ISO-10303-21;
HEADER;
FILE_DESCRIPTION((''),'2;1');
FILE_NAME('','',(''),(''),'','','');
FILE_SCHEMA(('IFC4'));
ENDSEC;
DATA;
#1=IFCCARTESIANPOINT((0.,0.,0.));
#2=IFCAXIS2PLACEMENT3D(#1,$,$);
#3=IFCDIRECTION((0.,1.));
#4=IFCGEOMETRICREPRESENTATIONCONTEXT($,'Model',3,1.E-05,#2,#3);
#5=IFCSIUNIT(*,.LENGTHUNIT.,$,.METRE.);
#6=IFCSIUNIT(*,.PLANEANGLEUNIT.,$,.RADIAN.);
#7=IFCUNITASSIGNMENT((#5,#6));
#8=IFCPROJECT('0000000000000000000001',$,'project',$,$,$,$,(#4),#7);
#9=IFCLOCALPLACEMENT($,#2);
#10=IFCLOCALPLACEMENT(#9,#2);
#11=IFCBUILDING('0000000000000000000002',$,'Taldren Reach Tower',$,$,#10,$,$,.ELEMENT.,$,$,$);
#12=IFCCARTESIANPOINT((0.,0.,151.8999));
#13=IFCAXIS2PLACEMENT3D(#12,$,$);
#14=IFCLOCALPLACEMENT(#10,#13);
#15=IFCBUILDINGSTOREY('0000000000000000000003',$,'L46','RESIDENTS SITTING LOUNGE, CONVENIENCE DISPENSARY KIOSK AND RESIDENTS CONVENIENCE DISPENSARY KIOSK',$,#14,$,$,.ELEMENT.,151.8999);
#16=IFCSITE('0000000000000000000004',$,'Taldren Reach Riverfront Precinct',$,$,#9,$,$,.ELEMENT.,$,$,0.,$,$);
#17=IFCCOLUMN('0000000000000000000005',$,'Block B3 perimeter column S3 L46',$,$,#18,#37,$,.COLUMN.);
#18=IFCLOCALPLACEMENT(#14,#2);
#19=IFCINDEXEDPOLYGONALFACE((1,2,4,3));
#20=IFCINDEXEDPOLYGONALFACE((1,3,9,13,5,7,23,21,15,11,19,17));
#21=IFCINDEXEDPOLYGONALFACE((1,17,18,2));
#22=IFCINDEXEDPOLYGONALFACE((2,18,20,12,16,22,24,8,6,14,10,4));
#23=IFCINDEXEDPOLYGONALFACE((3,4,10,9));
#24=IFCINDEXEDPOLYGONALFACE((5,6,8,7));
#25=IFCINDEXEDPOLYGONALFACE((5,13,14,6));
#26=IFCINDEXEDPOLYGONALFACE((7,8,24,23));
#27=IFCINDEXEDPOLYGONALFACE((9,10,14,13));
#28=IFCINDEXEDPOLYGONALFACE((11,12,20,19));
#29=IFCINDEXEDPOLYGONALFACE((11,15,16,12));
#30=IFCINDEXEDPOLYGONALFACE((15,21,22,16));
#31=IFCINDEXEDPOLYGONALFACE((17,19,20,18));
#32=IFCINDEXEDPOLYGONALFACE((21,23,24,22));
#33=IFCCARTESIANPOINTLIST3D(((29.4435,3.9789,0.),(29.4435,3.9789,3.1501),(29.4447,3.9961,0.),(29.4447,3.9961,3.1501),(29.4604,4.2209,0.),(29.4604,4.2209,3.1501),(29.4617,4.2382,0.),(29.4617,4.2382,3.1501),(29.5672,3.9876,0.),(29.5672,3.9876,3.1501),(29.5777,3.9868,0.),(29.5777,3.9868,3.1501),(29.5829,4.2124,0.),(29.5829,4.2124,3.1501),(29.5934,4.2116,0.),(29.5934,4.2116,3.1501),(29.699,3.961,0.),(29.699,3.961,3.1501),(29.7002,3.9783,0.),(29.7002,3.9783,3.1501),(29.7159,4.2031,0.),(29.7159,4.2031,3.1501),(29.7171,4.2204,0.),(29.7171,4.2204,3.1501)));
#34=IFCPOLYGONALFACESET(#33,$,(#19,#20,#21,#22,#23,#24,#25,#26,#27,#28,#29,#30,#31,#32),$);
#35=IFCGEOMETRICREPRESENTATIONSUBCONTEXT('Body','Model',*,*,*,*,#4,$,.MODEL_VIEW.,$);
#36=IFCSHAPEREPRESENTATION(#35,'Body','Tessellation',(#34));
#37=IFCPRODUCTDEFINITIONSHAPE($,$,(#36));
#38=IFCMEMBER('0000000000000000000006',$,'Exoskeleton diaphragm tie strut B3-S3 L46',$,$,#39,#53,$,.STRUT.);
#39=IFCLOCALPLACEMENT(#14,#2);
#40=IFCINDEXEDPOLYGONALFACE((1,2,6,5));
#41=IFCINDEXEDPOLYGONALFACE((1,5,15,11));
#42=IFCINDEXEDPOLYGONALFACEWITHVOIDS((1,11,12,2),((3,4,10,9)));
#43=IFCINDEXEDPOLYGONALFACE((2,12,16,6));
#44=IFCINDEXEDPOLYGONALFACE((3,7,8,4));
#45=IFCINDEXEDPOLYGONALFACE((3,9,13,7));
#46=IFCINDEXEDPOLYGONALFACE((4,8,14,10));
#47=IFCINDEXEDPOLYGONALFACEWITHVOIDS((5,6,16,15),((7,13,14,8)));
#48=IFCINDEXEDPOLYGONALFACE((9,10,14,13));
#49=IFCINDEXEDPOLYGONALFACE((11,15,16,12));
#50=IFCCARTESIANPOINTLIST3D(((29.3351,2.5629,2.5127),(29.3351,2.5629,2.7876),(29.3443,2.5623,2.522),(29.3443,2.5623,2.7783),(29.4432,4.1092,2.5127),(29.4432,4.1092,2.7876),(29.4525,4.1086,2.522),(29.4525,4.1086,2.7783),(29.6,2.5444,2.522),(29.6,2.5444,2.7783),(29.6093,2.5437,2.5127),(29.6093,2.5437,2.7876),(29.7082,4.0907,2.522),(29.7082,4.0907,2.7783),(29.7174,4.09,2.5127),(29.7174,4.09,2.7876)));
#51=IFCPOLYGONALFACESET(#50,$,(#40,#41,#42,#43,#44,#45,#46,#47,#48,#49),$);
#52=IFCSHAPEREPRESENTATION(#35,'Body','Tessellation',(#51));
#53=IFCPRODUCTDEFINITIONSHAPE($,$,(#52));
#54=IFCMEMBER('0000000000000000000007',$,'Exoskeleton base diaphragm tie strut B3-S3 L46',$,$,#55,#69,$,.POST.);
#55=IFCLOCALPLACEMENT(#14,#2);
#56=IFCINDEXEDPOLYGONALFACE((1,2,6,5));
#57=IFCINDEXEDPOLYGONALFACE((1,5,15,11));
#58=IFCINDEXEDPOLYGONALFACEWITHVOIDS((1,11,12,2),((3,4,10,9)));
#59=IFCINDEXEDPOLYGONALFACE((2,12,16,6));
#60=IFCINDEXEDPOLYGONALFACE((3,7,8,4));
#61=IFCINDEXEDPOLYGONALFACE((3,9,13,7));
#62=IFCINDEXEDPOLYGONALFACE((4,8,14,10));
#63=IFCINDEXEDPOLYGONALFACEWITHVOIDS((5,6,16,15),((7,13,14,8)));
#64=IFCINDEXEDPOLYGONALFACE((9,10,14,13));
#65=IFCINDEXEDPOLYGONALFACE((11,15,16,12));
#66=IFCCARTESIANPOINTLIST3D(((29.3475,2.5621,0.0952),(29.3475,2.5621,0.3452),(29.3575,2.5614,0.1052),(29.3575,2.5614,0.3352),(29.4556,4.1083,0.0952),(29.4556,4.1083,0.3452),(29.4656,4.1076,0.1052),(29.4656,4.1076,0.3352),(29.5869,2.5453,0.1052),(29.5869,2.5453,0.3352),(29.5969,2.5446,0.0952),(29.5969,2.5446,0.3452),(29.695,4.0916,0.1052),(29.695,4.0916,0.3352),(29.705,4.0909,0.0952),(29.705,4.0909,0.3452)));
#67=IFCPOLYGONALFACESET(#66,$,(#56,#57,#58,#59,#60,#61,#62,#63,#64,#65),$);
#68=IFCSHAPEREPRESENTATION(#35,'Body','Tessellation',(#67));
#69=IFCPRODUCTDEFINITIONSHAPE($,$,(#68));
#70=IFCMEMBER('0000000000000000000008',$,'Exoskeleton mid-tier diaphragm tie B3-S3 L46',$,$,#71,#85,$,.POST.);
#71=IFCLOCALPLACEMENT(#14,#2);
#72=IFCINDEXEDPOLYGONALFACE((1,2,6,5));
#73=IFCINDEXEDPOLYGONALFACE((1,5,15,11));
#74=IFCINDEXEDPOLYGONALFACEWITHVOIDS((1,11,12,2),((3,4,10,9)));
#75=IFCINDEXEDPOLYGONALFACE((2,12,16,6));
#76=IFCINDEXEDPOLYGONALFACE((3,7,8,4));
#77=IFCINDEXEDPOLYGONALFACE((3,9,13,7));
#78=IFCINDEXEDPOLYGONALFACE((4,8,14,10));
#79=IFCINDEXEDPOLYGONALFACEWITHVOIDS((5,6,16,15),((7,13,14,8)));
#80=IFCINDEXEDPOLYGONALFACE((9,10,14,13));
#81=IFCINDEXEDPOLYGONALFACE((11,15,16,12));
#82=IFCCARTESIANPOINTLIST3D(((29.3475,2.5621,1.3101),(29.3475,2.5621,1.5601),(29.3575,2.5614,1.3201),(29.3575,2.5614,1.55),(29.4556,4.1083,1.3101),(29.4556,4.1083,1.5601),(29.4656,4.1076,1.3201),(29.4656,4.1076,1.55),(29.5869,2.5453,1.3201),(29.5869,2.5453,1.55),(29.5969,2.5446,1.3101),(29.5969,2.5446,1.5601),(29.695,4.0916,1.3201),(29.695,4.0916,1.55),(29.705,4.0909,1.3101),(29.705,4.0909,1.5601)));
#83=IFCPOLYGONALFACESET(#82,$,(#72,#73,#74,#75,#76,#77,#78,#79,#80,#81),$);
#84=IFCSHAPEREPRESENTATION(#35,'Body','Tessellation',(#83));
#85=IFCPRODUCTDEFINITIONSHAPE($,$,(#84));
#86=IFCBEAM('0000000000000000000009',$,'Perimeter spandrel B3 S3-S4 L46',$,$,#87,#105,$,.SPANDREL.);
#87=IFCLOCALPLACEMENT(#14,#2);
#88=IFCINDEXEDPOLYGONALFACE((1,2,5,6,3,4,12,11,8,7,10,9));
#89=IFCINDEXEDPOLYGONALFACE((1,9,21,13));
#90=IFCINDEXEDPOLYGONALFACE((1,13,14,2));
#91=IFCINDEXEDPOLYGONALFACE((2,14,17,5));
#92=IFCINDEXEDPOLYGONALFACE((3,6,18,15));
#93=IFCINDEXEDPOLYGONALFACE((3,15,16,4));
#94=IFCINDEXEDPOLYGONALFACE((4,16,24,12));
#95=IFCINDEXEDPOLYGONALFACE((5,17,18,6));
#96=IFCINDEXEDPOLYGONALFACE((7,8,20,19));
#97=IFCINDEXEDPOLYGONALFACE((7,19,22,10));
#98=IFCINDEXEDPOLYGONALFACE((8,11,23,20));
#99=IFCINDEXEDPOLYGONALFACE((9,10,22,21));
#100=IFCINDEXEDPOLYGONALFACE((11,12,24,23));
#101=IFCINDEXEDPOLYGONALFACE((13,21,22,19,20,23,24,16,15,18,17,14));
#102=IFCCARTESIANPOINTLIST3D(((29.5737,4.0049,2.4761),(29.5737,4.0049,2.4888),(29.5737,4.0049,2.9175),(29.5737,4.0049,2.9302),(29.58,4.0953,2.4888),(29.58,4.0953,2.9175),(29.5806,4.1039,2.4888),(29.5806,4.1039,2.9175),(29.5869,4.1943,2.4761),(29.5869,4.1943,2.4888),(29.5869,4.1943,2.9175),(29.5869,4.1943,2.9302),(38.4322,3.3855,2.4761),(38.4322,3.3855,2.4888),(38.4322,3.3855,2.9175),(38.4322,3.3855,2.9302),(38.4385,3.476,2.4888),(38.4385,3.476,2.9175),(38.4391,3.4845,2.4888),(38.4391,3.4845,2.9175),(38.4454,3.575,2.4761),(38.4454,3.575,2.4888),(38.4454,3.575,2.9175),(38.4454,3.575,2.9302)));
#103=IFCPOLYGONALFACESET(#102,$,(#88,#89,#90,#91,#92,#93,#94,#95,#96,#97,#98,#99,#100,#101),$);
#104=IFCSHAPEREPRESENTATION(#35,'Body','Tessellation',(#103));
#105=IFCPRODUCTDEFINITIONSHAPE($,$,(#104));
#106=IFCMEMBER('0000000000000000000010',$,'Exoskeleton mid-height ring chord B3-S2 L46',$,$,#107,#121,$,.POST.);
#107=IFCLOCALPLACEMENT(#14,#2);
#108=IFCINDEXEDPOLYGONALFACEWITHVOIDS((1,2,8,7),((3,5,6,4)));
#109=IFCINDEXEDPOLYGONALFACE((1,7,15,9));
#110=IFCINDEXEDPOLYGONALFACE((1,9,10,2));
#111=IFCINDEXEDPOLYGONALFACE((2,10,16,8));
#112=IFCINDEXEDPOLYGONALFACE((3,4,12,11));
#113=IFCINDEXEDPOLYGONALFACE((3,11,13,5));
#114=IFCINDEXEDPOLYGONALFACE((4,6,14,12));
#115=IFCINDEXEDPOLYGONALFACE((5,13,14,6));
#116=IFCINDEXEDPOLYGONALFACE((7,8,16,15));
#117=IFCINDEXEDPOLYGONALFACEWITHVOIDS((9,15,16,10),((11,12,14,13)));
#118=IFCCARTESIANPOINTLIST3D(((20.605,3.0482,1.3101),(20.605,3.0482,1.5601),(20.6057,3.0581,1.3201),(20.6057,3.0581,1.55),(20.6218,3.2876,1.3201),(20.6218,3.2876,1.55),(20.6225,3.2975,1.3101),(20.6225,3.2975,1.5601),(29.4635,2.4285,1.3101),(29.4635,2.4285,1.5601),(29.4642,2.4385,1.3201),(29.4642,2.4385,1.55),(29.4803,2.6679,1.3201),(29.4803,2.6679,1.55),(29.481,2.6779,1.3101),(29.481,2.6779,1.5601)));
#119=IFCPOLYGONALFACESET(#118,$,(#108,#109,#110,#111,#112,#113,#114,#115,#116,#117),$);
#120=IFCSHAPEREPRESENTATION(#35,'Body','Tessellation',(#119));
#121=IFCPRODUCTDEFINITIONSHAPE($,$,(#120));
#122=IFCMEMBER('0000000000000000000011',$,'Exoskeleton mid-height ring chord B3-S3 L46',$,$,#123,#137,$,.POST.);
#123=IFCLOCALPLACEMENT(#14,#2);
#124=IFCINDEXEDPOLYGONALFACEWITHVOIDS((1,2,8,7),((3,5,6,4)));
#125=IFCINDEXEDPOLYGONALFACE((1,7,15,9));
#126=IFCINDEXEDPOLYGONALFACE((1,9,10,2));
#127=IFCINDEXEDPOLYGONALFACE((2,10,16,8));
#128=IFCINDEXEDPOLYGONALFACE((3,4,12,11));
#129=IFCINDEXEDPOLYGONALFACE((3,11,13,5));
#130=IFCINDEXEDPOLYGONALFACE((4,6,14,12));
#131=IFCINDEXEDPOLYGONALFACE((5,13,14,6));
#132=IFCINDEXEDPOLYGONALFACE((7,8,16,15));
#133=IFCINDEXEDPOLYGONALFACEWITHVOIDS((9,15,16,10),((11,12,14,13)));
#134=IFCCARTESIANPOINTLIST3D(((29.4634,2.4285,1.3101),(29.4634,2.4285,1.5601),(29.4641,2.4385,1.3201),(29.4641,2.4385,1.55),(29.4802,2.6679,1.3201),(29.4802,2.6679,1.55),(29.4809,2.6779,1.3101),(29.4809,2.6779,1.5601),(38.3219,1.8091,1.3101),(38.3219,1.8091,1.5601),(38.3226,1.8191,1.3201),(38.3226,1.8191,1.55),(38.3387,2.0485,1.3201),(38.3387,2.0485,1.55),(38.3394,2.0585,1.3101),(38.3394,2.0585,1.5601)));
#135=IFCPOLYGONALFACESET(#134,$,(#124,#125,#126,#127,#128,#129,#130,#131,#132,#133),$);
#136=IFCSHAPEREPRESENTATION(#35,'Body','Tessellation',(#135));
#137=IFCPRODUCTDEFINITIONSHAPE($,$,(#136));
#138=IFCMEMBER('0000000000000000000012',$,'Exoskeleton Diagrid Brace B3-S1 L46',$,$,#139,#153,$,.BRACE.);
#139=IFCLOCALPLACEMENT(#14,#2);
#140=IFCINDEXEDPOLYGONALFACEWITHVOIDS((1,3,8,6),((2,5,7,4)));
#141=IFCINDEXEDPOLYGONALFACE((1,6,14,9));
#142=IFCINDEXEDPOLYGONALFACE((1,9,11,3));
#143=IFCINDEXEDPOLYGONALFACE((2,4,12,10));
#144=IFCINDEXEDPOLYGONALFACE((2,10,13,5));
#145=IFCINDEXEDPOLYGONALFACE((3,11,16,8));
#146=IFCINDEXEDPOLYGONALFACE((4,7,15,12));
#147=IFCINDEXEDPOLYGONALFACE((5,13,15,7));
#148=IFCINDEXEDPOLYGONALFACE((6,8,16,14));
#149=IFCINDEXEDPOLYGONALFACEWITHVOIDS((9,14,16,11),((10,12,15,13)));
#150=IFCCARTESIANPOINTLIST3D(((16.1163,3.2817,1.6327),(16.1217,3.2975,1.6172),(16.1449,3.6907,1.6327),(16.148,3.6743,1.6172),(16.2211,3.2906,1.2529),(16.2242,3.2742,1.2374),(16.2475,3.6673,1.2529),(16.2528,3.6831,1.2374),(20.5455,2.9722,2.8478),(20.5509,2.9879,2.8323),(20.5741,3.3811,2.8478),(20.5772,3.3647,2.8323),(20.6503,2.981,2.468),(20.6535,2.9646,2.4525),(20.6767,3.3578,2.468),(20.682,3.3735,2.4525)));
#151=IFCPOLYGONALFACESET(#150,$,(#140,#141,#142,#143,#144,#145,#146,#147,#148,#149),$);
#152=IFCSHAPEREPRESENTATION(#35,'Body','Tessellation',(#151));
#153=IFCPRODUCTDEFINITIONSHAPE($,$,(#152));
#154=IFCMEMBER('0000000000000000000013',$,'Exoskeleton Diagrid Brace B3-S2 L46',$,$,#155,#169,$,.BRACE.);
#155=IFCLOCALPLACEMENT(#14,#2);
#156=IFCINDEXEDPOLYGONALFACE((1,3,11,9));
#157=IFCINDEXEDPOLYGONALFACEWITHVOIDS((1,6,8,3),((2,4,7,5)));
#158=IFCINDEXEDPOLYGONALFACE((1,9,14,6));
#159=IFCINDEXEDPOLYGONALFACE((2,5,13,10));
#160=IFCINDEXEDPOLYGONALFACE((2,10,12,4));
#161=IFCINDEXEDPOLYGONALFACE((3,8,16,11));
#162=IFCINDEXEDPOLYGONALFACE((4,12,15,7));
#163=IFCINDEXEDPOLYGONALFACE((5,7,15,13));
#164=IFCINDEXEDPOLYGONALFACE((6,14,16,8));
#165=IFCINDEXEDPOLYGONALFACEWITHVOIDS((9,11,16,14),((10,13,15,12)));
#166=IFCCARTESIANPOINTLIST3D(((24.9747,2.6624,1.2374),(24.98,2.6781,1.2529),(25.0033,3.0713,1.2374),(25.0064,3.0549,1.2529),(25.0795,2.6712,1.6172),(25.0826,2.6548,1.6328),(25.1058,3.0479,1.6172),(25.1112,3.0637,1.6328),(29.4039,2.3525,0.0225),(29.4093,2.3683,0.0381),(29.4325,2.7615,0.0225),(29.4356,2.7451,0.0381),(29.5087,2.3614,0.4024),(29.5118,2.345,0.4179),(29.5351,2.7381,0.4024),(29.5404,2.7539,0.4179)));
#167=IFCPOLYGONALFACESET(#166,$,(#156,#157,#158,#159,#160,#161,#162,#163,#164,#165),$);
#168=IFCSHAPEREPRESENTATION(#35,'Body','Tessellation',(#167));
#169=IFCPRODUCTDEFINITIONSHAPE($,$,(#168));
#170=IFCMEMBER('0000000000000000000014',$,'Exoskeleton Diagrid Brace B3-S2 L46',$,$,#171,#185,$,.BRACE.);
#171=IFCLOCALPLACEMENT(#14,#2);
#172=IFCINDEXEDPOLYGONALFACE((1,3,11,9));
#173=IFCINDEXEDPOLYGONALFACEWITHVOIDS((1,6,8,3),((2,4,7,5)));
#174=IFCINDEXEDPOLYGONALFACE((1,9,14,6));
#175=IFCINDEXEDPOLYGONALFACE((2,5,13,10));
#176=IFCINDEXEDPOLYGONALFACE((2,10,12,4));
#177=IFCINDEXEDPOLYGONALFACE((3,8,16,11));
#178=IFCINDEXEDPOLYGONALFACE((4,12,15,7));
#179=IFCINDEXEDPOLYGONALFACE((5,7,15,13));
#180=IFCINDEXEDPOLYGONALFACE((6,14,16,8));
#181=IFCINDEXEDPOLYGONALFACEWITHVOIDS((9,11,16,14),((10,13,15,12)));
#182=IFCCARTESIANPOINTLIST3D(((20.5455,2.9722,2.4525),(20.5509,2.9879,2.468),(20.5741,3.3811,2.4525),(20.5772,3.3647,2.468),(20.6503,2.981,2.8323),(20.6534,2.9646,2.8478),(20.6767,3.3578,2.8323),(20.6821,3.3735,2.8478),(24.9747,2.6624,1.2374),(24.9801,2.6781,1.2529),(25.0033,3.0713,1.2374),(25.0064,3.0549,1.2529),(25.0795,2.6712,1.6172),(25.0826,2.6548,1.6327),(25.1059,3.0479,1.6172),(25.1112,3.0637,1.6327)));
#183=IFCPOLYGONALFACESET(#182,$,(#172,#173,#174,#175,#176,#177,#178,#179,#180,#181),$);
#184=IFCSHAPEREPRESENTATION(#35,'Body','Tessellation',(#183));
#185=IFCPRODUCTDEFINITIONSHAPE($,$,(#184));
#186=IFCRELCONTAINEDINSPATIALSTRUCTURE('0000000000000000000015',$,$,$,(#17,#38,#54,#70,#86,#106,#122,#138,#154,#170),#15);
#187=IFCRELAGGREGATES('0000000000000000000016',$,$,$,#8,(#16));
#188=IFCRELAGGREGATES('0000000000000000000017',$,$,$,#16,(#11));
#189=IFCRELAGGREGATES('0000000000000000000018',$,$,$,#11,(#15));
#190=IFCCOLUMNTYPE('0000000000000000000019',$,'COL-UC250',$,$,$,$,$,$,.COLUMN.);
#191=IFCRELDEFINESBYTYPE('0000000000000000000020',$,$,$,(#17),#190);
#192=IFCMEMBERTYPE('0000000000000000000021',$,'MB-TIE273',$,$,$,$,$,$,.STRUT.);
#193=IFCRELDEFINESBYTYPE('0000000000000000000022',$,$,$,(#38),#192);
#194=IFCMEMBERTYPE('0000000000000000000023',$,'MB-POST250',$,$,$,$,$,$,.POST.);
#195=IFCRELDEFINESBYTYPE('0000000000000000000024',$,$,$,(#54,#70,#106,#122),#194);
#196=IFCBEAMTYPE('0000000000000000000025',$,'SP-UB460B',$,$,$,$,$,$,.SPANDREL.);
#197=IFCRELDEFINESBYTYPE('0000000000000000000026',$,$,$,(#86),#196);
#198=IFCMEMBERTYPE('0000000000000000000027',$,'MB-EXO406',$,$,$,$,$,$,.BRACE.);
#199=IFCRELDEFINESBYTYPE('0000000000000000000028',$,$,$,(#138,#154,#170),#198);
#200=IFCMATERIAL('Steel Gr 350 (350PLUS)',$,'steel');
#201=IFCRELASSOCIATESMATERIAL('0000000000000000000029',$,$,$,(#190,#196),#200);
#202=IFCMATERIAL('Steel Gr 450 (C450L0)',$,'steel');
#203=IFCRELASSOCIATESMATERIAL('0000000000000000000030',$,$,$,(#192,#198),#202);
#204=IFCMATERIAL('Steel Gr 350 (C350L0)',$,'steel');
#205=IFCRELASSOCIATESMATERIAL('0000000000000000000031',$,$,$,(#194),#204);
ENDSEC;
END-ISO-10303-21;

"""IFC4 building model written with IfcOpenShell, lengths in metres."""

from ifc_helpers import new_model, si_unit, direction, frame, origin, origin_2d, place, context, subcontext, project, spatial, hollow_rectangle, i_section, extrude, source, transform, mapped, material, material_profile, profile_set, type_object, element, save


model = new_model("IFC4")

# Units and contexts
model_context = context("Model", 3, precision=1e-05, world=origin(), true_north=direction((0.0, 1.0)))
body_context = subcontext(model_context, "Body", "Model", "MODEL_VIEW")
ifc_project = project(units=[si_unit("LENGTHUNIT", "METRE"), si_unit("PLANEANGLEUNIT", "RADIAN")], contexts=[model_context])

# Site, building, storey
site_placement = place(None, origin())
site = spatial("IfcSite", under=ifc_project, at=site_placement, Name="Taldren Reach Riverfront Precinct", CompositionType="ELEMENT", RefElevation=0.0)
building_placement = place(site_placement, origin())
building = spatial("IfcBuilding", under=site, at=building_placement, Name="Taldren Reach Tower", CompositionType="ELEMENT")
storey_placement = place(building_placement, frame((0.0, 0.0, 151.8999)))
storey = spatial("IfcBuildingStorey", under=building, at=storey_placement, Name="L46", Description="RESIDENTS SITTING LOUNGE, CONVENIENCE DISPENSARY KIOSK AND RESIDENTS CONVENIENCE DISPENSARY KIOSK", CompositionType="ELEMENT", Elevation=151.8999)

# Column
ifc_material_1 = material(Name="Steel Gr 350 (350PLUS)", Category="steel")
ifc_material_profile_1 = material_profile(ifc_material_1, i_section(OverallWidth=0.2561, OverallDepth=0.26, WebThickness=0.0105, FlangeThickness=0.0173, at=origin_2d()), Name="250UC89.5")
ifc_profile_set_1 = profile_set([ifc_material_profile_1], Name="Steel Gr 350 (350PLUS)")
column_type = type_object("IfcColumnType", Name="COL-UC250", PredefinedType="COLUMN", material=ifc_profile_set_1)
shared_shape_1 = source(origin(), body_context, "Body", "SweptSolid", [
    extrude(i_section(OverallWidth=0.2561, OverallDepth=0.26, WebThickness=0.0105, FlangeThickness=0.0173, at=origin_2d()), origin(), (0.0, 0.0, 1.0), 3.1501),
])
column_placement = place(storey_placement, frame((29.5803, 4.0996, 0.0), z_axis=(0.0, 0.0, 1.0), x_axis=(0.997564, -0.069756, 0.0)))
element("IfcColumn", 1, at=column_placement, inside=storey, type_object=column_type, Name="Block B3 perimeter column S3 L46", PredefinedType="COLUMN", context=body_context, shape_type="MappedRepresentation", body=[
    mapped(shared_shape_1, transform((0.0, 0.0, 0.0), scale=1.0)),
])

# Members
ifc_material_2 = material(Name="Steel Gr 450 (C450L0)", Category="steel")
ifc_material_profile_2 = material_profile(ifc_material_2, hollow_rectangle(XDim=0.2749, YDim=0.2749, WallThickness=0.0093, at=origin_2d()), Name="275x275x9.3SHS")
ifc_profile_set_2 = profile_set([ifc_material_profile_2], Name="Steel Gr 450 (C450L0)")
member_type_1 = type_object("IfcMemberType", Name="MB-TIE273", PredefinedType="STRUT", material=ifc_profile_set_2)
shared_shape_2 = source(origin(), body_context, "Body", "SweptSolid", [
    extrude(hollow_rectangle(XDim=0.2749, YDim=0.2749, WallThickness=0.0093, at=origin_2d()), origin(), (0.0, 0.0, 1.0), 1.55),
])
member_1_placement = place(storey_placement, frame((29.5803, 4.0996, 2.6501), z_axis=(-0.06977, -0.997563, 0.0), x_axis=(0.997563, -0.06977, 0.0)))
element("IfcMember", 2, at=member_1_placement, inside=storey, type_object=member_type_1, Name="Exoskeleton diaphragm tie strut B3-S3 L46", PredefinedType="STRUT", context=body_context, shape_type="MappedRepresentation", body=[
    mapped(shared_shape_2, transform((0.0, 0.0, 0.0), scale=1.0)),
])
ifc_material_3 = material(Name="Steel Gr 350 (C350L0)", Category="steel")
ifc_material_profile_3 = material_profile(ifc_material_3, hollow_rectangle(XDim=0.25, YDim=0.25, WallThickness=0.01, at=origin_2d()), Name="250x250x10.0SHS")
ifc_profile_set_3 = profile_set([ifc_material_profile_3], Name="Steel Gr 350 (C350L0)")
member_type_2 = type_object("IfcMemberType", Name="MB-POST250", PredefinedType="POST", material=ifc_profile_set_3)
shared_shape_3 = source(origin(), body_context, "Body", "SweptSolid", [
    extrude(hollow_rectangle(XDim=0.25, YDim=0.25, WallThickness=0.01, at=origin_2d()), origin(), (0.0, 0.0, 1.0), 1.55),
])
for number, where, z_axis, x_axis, name in (
    (3, (29.5803, 4.0996, 0.2202), (-0.06977, -0.997563, 0.0), (0.997563, -0.06977, 0.0), "Exoskeleton base diaphragm tie strut B3-S3 L46"),
    (4, (29.5803, 4.0996, 1.4351), (-0.06977, -0.997563, 0.0), (0.997563, -0.06977, 0.0), "Exoskeleton mid-tier diaphragm tie B3-S3 L46"),
):
    element("IfcMember", number, at=place(storey_placement, frame(where, z_axis=z_axis, x_axis=x_axis)), inside=storey, type_object=member_type_2, Name=name, PredefinedType="POST", context=body_context, shape_type="MappedRepresentation", body=[
        mapped(shared_shape_3, transform((0.0, 0.0, 0.0), scale=1.0)),
    ])

# Beam
ifc_material_profile_4 = material_profile(ifc_material_1, i_section(OverallWidth=0.1899, OverallDepth=0.4541, WebThickness=0.0085, FlangeThickness=0.0127, at=origin_2d()), Name="460UB67.1")
ifc_profile_set_4 = profile_set([ifc_material_profile_4], Name="Steel Gr 350 (350PLUS)")
beam_type = type_object("IfcBeamType", Name="SP-UB460B", PredefinedType="SPANDREL", material=ifc_profile_set_4)
shared_shape_4 = source(origin(), body_context, "Body", "SweptSolid", [
    extrude(i_section(OverallWidth=0.1899, OverallDepth=0.4541, WebThickness=0.0085, FlangeThickness=0.0127, at=origin_2d()), origin(), (0.0, 0.0, 1.0), 8.8801),
])
beam_placement = place(storey_placement, frame((29.5803, 4.0996, 2.7031), z_axis=(0.997564, -0.06975, 0.0), x_axis=(0.06975, 0.997564, 0.0)))
element("IfcBeam", 5, at=beam_placement, inside=storey, type_object=beam_type, Name="Perimeter spandrel B3 S3-S4 L46", PredefinedType="SPANDREL", context=body_context, shape_type="MappedRepresentation", body=[
    mapped(shared_shape_4, transform((0.0, 0.0, 0.0), scale=1.0)),
])

# Members
shared_shape_5 = source(origin(), body_context, "Body", "SweptSolid", [
    extrude(hollow_rectangle(XDim=0.25, YDim=0.25, WallThickness=0.01, at=origin_2d()), origin(), (0.0, 0.0, 1.0), 8.8801),
])
for number, where, z_axis, x_axis, name in (
    (6, (20.6138, 3.1729, 1.4351), (0.997563, -0.069778, 0.0), (0.069778, 0.997563, 0.0), "Exoskeleton mid-height ring chord B3-S2 L46"),
    (7, (29.4722, 2.5532, 1.4351), (0.997564, -0.06975, 0.0), (0.06975, 0.997564, 0.0), "Exoskeleton mid-height ring chord B3-S3 L46"),
):
    element("IfcMember", number, at=place(storey_placement, frame(where, z_axis=z_axis, x_axis=x_axis)), inside=storey, type_object=member_type_2, Name=name, PredefinedType="POST", context=body_context, shape_type="MappedRepresentation", body=[
        mapped(shared_shape_5, transform((0.0, 0.0, 0.0), scale=1.0)),
    ])
ifc_material_profile_5 = material_profile(ifc_material_2, hollow_rectangle(XDim=0.4099, YDim=0.4099, WallThickness=0.0161, at=origin_2d()), Name="410x410x16.0SHS")
ifc_profile_set_5 = profile_set([ifc_material_profile_5], Name="Steel Gr 450 (C450L0)")
member_type_3 = type_object("IfcMemberType", Name="MB-EXO406", PredefinedType="BRACE", material=ifc_profile_set_5)
shared_shape_6 = source(origin(), body_context, "Body", "SweptSolid", [
    extrude(hollow_rectangle(XDim=0.4099, YDim=0.4099, WallThickness=0.0161, at=origin_2d()), origin(), (0.0, 0.0, 1.0), 4.6033),
])
for number, where, z_axis, x_axis, name in (
    (8, (16.1846, 3.4824, 1.4351), (0.962186, -0.06725, 0.263962), (0.069723, 0.997566, 0.0), "Exoskeleton Diagrid Brace B3-S1 L46"),
    (9, (29.4722, 2.5532, 0.2202), (-0.962196, 0.067304, 0.263912), (-0.069778, -0.997563, 0.0), "Exoskeleton Diagrid Brace B3-S2 L46"),
    (10, (25.043, 2.863, 1.4351), (-0.962182, 0.067303, 0.263961), (-0.069778, -0.997563, 0.0), "Exoskeleton Diagrid Brace B3-S2 L46"),
):
    element("IfcMember", number, at=place(storey_placement, frame(where, z_axis=z_axis, x_axis=x_axis)), inside=storey, type_object=member_type_3, Name=name, PredefinedType="BRACE", context=body_context, shape_type="MappedRepresentation", body=[
        mapped(shared_shape_6, transform((0.0, 0.0, 0.0), scale=1.0)),
    ])

save(model, "model.ifc")
